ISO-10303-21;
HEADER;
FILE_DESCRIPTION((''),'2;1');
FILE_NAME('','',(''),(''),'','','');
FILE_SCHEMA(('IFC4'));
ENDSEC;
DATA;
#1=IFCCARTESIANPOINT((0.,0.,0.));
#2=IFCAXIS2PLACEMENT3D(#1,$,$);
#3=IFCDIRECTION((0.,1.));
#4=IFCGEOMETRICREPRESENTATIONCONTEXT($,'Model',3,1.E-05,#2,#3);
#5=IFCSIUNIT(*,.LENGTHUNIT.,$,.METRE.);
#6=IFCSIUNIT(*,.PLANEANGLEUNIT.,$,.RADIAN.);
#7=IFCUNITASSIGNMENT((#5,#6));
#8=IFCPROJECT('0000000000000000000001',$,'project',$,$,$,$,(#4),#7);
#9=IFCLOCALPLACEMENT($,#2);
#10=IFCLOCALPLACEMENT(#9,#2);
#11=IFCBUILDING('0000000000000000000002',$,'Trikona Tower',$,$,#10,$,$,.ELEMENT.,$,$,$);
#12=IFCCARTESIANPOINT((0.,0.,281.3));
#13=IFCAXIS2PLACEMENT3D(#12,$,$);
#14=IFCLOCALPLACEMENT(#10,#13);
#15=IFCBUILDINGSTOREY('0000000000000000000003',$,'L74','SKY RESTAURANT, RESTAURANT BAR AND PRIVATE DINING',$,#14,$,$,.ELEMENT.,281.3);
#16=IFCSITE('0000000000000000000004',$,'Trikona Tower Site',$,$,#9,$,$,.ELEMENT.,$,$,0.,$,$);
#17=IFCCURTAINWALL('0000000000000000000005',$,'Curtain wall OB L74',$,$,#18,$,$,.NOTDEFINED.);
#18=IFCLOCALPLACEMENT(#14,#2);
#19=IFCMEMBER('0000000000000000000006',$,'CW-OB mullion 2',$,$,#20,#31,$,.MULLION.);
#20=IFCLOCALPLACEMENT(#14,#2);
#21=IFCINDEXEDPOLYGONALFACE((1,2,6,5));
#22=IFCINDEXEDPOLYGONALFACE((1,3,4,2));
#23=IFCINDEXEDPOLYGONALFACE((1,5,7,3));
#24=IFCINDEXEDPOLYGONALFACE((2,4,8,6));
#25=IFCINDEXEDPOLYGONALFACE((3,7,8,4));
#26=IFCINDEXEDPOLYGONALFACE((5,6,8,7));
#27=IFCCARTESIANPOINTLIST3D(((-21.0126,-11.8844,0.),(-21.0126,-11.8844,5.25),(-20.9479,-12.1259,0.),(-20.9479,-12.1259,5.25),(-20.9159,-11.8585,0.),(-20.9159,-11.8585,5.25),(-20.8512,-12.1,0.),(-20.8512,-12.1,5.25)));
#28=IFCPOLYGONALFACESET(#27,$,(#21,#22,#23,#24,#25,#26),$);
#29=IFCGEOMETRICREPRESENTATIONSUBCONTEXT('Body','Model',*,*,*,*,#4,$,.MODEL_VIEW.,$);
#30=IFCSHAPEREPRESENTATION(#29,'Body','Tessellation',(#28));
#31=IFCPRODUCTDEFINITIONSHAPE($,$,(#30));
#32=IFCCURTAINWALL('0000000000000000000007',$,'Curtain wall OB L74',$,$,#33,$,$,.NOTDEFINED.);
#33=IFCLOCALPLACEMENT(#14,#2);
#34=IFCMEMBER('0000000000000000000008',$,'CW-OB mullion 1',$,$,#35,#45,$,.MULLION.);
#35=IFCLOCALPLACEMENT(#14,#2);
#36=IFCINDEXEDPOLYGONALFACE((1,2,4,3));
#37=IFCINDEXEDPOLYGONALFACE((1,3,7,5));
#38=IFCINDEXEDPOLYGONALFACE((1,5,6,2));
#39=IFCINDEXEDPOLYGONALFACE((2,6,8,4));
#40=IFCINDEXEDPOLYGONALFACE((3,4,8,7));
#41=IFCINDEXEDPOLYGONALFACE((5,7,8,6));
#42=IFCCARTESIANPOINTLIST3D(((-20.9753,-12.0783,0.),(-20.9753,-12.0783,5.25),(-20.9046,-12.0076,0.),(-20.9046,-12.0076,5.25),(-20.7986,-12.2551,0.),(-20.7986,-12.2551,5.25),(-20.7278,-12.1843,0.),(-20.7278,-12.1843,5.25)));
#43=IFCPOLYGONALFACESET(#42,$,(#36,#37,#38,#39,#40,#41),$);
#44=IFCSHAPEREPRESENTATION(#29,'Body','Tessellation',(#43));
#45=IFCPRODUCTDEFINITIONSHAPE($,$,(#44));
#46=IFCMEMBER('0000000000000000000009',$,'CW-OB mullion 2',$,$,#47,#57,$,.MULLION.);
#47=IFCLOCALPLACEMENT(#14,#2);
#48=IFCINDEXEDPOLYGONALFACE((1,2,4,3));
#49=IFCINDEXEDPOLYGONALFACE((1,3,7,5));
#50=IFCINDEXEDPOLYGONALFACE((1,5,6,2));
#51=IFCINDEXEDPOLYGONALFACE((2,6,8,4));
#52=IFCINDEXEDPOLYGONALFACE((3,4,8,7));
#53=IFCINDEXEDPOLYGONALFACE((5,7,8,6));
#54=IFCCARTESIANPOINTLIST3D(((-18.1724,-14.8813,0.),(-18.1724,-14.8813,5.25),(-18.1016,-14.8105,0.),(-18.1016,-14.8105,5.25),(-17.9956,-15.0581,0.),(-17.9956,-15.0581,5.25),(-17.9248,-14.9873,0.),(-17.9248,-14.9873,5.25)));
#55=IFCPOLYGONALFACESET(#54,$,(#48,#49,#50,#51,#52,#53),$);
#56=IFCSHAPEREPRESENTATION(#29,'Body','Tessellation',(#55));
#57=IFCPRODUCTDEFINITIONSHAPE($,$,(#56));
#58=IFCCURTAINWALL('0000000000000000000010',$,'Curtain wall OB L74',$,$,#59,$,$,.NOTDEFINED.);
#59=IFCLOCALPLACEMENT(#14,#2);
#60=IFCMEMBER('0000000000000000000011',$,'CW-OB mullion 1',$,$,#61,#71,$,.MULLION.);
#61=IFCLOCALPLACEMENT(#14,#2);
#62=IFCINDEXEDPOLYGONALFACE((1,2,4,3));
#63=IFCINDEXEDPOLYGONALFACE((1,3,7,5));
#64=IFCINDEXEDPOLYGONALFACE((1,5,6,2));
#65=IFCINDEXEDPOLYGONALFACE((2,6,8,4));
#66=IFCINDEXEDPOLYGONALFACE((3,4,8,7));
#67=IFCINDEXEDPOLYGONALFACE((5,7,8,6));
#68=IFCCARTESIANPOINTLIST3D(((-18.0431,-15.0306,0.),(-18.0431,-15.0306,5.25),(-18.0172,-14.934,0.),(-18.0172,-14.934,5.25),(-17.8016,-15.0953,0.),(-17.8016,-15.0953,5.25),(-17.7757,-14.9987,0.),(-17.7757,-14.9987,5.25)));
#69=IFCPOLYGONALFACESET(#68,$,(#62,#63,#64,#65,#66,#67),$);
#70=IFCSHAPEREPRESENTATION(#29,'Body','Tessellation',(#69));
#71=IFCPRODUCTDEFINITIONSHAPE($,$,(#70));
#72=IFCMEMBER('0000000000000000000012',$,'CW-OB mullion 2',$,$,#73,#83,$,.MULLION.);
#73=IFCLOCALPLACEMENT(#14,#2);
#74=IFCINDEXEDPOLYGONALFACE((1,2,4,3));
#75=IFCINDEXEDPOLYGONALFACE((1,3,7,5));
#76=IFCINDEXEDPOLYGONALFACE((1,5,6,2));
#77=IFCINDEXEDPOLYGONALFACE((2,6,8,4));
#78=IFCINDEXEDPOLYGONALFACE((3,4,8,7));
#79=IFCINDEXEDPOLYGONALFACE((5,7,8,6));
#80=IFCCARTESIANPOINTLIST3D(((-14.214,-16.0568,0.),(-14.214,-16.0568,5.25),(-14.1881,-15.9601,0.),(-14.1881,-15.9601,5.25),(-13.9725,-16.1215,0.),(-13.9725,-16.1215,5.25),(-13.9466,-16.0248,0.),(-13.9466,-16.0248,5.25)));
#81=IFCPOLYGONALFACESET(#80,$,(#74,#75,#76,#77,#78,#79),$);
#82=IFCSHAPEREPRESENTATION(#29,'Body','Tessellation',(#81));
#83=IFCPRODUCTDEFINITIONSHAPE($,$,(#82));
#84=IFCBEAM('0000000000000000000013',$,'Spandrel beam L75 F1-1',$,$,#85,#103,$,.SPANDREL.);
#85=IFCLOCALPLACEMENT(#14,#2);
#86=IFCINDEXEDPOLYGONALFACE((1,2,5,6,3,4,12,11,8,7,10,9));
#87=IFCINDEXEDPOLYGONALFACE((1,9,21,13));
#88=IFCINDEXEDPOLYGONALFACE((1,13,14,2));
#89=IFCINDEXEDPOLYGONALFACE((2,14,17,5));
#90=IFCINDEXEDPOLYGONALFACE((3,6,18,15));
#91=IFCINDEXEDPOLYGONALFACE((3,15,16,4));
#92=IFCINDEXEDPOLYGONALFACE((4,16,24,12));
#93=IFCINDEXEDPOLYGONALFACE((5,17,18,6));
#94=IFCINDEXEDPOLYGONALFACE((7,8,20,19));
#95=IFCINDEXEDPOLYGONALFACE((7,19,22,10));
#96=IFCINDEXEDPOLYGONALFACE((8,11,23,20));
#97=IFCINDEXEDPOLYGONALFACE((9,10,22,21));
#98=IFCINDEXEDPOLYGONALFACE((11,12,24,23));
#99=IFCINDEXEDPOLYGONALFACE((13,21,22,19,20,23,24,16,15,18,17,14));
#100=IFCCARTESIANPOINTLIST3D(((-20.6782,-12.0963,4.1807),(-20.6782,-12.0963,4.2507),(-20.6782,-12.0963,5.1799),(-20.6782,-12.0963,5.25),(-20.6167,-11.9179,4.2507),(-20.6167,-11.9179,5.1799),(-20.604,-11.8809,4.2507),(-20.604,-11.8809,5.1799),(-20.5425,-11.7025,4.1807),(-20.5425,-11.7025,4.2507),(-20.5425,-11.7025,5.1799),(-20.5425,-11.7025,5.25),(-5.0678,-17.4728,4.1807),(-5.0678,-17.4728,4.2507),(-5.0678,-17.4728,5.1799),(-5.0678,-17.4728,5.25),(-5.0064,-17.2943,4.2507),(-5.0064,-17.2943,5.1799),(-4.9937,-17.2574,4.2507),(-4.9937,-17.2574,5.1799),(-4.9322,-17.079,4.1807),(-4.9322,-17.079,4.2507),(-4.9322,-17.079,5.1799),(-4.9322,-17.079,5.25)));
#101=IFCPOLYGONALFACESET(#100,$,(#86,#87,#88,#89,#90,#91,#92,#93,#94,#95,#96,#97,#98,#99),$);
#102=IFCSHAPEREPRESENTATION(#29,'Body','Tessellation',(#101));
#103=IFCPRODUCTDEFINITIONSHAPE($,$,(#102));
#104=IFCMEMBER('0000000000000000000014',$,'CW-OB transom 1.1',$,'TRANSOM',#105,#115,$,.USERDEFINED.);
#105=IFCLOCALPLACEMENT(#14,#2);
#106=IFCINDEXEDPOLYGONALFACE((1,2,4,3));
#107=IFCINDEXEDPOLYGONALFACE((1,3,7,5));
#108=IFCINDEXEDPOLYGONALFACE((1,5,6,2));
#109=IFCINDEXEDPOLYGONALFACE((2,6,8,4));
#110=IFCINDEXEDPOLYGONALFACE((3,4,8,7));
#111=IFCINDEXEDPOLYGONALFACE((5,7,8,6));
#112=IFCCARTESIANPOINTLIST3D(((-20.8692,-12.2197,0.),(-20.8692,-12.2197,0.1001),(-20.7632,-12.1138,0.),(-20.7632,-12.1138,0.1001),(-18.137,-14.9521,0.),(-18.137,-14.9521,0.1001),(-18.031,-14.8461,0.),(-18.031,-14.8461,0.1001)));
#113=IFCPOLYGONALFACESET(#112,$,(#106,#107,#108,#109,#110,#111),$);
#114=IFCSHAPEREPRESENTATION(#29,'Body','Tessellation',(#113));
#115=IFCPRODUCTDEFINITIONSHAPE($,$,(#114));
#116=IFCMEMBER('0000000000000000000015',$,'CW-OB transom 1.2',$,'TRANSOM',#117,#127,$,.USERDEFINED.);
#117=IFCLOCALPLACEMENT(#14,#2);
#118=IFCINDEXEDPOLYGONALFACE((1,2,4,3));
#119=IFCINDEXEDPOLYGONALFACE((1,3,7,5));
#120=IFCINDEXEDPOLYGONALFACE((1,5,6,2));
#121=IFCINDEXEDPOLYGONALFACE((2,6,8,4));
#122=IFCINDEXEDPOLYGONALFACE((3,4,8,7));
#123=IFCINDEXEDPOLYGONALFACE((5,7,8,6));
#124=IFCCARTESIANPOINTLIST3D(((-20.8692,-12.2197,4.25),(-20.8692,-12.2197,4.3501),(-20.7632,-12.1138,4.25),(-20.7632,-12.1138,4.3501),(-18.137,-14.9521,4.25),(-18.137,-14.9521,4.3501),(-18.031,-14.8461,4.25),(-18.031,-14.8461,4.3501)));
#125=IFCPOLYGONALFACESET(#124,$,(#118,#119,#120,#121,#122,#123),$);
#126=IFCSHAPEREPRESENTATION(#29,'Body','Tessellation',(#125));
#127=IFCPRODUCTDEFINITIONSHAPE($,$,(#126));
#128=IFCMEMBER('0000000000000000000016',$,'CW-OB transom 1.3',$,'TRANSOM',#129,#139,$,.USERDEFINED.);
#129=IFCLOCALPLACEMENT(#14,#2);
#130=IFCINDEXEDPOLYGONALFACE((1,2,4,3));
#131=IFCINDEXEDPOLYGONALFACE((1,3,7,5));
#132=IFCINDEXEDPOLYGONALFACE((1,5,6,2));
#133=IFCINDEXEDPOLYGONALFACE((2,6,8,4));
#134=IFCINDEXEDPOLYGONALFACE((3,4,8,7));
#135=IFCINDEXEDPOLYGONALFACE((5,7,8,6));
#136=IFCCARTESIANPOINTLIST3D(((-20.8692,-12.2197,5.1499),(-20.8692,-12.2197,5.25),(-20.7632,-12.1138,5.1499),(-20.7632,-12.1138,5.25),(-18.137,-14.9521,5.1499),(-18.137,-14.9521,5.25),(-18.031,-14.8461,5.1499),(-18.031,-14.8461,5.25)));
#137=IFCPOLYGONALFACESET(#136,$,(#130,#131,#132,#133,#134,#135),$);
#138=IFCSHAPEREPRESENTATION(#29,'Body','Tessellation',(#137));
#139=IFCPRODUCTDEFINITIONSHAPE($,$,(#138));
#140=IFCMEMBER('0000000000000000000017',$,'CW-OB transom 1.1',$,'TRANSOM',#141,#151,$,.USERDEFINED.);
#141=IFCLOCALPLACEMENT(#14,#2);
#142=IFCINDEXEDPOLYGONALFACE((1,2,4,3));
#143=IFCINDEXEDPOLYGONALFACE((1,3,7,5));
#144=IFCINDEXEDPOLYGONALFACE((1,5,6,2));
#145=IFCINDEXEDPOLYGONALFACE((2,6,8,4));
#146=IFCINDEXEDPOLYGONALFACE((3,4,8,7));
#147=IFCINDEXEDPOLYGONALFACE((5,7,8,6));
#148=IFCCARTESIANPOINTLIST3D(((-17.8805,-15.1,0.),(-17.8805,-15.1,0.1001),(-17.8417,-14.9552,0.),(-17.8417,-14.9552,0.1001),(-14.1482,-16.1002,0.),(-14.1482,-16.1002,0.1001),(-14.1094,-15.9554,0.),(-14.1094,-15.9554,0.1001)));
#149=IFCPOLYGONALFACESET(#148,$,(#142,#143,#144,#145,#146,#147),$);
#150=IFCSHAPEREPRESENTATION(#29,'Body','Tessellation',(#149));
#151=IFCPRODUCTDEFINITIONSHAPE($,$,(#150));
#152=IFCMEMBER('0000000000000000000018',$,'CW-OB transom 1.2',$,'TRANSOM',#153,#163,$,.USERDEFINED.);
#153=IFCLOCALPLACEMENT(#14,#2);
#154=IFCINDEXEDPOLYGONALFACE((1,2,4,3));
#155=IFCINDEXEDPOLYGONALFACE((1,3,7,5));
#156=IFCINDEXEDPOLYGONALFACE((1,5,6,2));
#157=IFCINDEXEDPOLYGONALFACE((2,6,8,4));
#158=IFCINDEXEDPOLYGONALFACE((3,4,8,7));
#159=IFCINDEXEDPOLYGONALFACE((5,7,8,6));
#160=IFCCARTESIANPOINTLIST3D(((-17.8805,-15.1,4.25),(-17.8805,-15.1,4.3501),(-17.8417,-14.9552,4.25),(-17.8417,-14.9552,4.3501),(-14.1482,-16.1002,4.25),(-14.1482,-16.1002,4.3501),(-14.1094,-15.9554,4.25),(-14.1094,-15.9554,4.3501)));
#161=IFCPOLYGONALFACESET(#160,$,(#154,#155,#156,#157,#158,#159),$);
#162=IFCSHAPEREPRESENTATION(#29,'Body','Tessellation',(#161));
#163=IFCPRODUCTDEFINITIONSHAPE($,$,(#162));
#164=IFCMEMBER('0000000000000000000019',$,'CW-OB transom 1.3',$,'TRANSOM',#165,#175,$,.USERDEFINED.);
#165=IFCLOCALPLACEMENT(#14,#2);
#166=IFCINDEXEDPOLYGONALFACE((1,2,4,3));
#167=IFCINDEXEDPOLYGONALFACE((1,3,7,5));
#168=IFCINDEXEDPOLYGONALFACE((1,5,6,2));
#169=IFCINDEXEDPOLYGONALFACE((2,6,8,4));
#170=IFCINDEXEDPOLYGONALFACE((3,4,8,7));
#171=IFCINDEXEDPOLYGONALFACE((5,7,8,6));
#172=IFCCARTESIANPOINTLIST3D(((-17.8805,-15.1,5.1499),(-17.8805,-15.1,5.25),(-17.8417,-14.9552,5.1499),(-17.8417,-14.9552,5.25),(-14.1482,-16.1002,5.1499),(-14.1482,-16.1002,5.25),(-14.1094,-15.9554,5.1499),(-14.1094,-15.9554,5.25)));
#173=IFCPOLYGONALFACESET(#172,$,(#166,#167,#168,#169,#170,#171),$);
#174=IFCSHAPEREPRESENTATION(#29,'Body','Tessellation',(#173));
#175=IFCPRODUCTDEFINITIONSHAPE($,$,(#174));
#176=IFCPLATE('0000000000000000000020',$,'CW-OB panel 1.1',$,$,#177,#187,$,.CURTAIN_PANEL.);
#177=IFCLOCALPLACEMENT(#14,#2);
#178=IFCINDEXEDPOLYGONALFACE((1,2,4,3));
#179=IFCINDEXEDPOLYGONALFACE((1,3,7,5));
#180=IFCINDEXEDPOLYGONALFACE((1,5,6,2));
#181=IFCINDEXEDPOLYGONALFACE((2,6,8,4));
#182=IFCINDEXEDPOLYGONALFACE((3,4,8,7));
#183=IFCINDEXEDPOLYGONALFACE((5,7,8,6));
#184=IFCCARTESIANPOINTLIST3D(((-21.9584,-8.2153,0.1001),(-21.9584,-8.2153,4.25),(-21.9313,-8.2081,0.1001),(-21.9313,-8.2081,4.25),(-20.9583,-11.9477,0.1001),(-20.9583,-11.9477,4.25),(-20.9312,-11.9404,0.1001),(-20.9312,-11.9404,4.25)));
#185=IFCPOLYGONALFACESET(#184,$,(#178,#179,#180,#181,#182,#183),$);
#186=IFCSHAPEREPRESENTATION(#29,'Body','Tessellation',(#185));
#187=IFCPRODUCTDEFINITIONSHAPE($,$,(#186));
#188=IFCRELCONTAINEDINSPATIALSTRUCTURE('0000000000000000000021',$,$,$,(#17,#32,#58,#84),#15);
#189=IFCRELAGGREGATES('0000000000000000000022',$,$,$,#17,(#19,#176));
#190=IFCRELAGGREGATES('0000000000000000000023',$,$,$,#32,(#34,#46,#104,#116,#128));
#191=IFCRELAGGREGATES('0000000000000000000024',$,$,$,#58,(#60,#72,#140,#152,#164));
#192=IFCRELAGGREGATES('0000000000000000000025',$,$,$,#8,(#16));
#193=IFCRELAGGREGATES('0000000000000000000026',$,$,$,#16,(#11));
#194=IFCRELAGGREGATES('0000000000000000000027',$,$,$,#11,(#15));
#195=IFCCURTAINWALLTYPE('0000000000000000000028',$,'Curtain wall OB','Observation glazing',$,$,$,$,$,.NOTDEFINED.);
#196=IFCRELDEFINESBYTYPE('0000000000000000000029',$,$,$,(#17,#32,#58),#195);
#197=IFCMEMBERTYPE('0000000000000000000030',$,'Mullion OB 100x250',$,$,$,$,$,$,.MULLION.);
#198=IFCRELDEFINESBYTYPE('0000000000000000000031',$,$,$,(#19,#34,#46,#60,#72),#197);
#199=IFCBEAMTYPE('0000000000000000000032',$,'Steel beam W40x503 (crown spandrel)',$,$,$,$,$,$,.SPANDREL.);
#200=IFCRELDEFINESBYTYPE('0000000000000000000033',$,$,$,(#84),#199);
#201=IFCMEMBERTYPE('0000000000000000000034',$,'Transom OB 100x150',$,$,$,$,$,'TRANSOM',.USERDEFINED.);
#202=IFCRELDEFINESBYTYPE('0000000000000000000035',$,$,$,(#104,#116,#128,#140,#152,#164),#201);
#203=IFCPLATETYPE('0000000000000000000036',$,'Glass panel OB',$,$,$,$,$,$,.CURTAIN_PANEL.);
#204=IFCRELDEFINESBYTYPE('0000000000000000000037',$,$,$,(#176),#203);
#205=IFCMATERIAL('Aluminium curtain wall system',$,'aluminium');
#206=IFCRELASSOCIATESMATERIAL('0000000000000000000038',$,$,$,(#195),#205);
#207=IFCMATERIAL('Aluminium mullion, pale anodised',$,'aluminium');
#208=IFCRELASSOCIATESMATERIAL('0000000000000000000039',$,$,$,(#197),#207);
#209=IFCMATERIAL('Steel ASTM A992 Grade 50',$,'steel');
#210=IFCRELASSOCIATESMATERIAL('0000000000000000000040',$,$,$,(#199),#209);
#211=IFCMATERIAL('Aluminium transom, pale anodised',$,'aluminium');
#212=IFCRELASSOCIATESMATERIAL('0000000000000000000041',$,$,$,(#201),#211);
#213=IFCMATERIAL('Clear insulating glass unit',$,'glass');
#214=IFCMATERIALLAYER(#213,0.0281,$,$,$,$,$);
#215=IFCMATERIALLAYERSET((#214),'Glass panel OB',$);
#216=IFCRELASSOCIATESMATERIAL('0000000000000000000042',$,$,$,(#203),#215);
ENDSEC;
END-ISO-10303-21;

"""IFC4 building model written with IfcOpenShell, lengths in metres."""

from ifc_helpers import new_model, si_unit, direction, frame, origin, origin_2d, place, context, subcontext, project, spatial, rectangle, i_section, extrude, material, layer, layer_set, material_profile, profile_set, type_object, element, aggregate, save


model = new_model("IFC4")

# Units and contexts
model_context = context("Model", 3, precision=1e-05, world=origin(), true_north=direction((0.0, 1.0)))
body_context = subcontext(model_context, "Body", "Model", "MODEL_VIEW")
ifc_project = project(units=[si_unit("LENGTHUNIT", "METRE"), si_unit("PLANEANGLEUNIT", "RADIAN")], contexts=[model_context])

# Site, building, storey
site_placement = place(None, origin())
site = spatial("IfcSite", under=ifc_project, at=site_placement, Name="Trikona Tower Site", CompositionType="ELEMENT", RefElevation=0.0)
building_placement = place(site_placement, origin())
building = spatial("IfcBuilding", under=site, at=building_placement, Name="Trikona Tower", CompositionType="ELEMENT")
storey_placement = place(building_placement, frame((0.0, 0.0, 281.3)))
storey = spatial("IfcBuildingStorey", under=building, at=storey_placement, Name="L74", Description="SKY RESTAURANT, RESTAURANT BAR AND PRIVATE DINING", CompositionType="ELEMENT", Elevation=281.3)

# Curtain wall, member
ifc_material_1 = material(Name="Aluminium curtain wall system", Category="aluminium")
curtain_wall_type = type_object("IfcCurtainWallType", Name="Curtain wall OB", Description="Observation glazing", PredefinedType="NOTDEFINED", material=ifc_material_1)
curtain_wall_1_placement = place(storey_placement, origin())
curtain_wall_1 = element("IfcCurtainWall", 1, at=curtain_wall_1_placement, inside=storey, type_object=curtain_wall_type, Name="Curtain wall OB L74", PredefinedType="NOTDEFINED")
ifc_material_2 = material(Name="Aluminium mullion, pale anodised", Category="aluminium")
ifc_material_profile_1 = material_profile(ifc_material_2, rectangle(XDim=0.1001, YDim=0.25, at=origin_2d()), Name="MUL-OB")
ifc_profile_set_1 = profile_set([ifc_material_profile_1], Name="Aluminium mullion, pale anodised")
member_type_1 = type_object("IfcMemberType", Name="Mullion OB 100x250", PredefinedType="MULLION", material=ifc_profile_set_1)
member_1_placement = place(storey_placement, frame((-20.9319, -11.9922, 0.0), z_axis=(0.0, 0.0, 1.0), x_axis=(0.965923, 0.258828, 0.0)))
member_1 = element("IfcMember", 2, at=member_1_placement, type_object=member_type_1, Name="CW-OB mullion 2", PredefinedType="MULLION", context=body_context, shape_type="SweptSolid", body=[
    extrude(rectangle(XDim=0.1001, YDim=0.25, at=origin_2d()), origin(), (0.0, 0.0, 1.0), 5.25),
])

# Curtain walls, members
curtain_wall_2_placement = place(storey_placement, origin())
curtain_wall_2 = element("IfcCurtainWall", 3, at=curtain_wall_2_placement, inside=storey, type_object=curtain_wall_type, Name="Curtain wall OB L74", PredefinedType="NOTDEFINED")
member_2_placement = place(storey_placement, frame((-20.8516, -12.1313, 0.0), z_axis=(0.0, 0.0, 1.0), x_axis=(0.707107, 0.707107, 0.0)))
member_2 = element("IfcMember", 4, at=member_2_placement, type_object=member_type_1, Name="CW-OB mullion 1", PredefinedType="MULLION", context=body_context, shape_type="SweptSolid", body=[
    extrude(rectangle(XDim=0.1001, YDim=0.25, at=origin_2d()), origin(), (0.0, 0.0, 1.0), 5.25),
])
member_3_placement = place(storey_placement, frame((-18.0486, -14.9343, 0.0), z_axis=(0.0, 0.0, 1.0), x_axis=(0.707107, 0.707107, 0.0)))
member_3 = element("IfcMember", 5, at=member_3_placement, type_object=member_type_1, Name="CW-OB mullion 2", PredefinedType="MULLION", context=body_context, shape_type="SweptSolid", body=[
    extrude(rectangle(XDim=0.1001, YDim=0.25, at=origin_2d()), origin(), (0.0, 0.0, 1.0), 5.25),
])
curtain_wall_3_placement = place(storey_placement, origin())
curtain_wall_3 = element("IfcCurtainWall", 6, at=curtain_wall_3_placement, inside=storey, type_object=curtain_wall_type, Name="Curtain wall OB L74", PredefinedType="NOTDEFINED")
member_4_placement = place(storey_placement, frame((-17.9094, -15.0146, 0.0), z_axis=(0.0, 0.0, 1.0), x_axis=(0.258828, 0.965923, 0.0)))
member_4 = element("IfcMember", 7, at=member_4_placement, type_object=member_type_1, Name="CW-OB mullion 1", PredefinedType="MULLION", context=body_context, shape_type="SweptSolid", body=[
    extrude(rectangle(XDim=0.1001, YDim=0.25, at=origin_2d()), origin(), (0.0, 0.0, 1.0), 5.25),
])
member_5_placement = place(storey_placement, frame((-14.0803, -16.0408, 0.0), z_axis=(0.0, 0.0, 1.0), x_axis=(0.258828, 0.965923, 0.0)))
member_5 = element("IfcMember", 8, at=member_5_placement, type_object=member_type_1, Name="CW-OB mullion 2", PredefinedType="MULLION", context=body_context, shape_type="SweptSolid", body=[
    extrude(rectangle(XDim=0.1001, YDim=0.25, at=origin_2d()), origin(), (0.0, 0.0, 1.0), 5.25),
])

# Beam
ifc_material_3 = material(Name="Steel ASTM A992 Grade 50", Category="steel")
ifc_material_profile_2 = material_profile(ifc_material_3, i_section(OverallWidth=0.4165, OverallDepth=1.0693, WebThickness=0.0391, FlangeThickness=0.0701, at=origin_2d()), Name="W40X503")
ifc_profile_set_2 = profile_set([ifc_material_profile_2], Name="Steel ASTM A992 Grade 50")
beam_type = type_object("IfcBeamType", Name="Steel beam W40x503 (crown spandrel)", PredefinedType="SPANDREL", material=ifc_profile_set_2)
beam_placement = place(storey_placement, frame((-20.6104, -11.8994, 4.7153), z_axis=(0.945493, -0.325643, 0.0), x_axis=(0.325643, 0.945493, 0.0)))
element("IfcBeam", 9, at=beam_placement, inside=storey, type_object=beam_type, Name="Spandrel beam L75 F1-1", PredefinedType="SPANDREL", context=body_context, shape_type="SweptSolid", body=[
    extrude(i_section(OverallWidth=0.4165, OverallDepth=1.0693, WebThickness=0.0391, FlangeThickness=0.0701, at=origin_2d()), origin(), (0.0, 0.0, 1.0), 16.5103),
])

# Members
ifc_material_4 = material(Name="Aluminium transom, pale anodised", Category="aluminium")
ifc_material_profile_3 = material_profile(ifc_material_4, rectangle(XDim=0.1499, YDim=0.1001, at=origin_2d()), Name="TRN-OB")
ifc_profile_set_3 = profile_set([ifc_material_profile_3], Name="Aluminium transom, pale anodised")
member_type_2 = type_object("IfcMemberType", Name="Transom OB 100x150", ElementType="TRANSOM", PredefinedType="USERDEFINED", material=ifc_profile_set_3)
member_6_placement = place(storey_placement, frame((-20.8162, -12.1667, 0.05), z_axis=(0.707075, -0.707138, 0.0), x_axis=(0.707138, 0.707075, 0.0)))
member_6 = element("IfcMember", 10, at=member_6_placement, type_object=member_type_2, Name="CW-OB transom 1.1", ObjectType="TRANSOM", PredefinedType="USERDEFINED", context=body_context, shape_type="SweptSolid", body=[
    extrude(rectangle(XDim=0.1499, YDim=0.1001, at=origin_2d()), origin(), (0.0, 0.0, 1.0), 3.864),
])
member_7_placement = place(storey_placement, frame((-20.8162, -12.1667, 4.3), z_axis=(0.707075, -0.707138, 0.0), x_axis=(0.707138, 0.707075, 0.0)))
member_7 = element("IfcMember", 11, at=member_7_placement, type_object=member_type_2, Name="CW-OB transom 1.2", ObjectType="TRANSOM", PredefinedType="USERDEFINED", context=body_context, shape_type="SweptSolid", body=[
    extrude(rectangle(XDim=0.1499, YDim=0.1001, at=origin_2d()), origin(), (0.0, 0.0, 1.0), 3.864),
])
member_8_placement = place(storey_placement, frame((-20.8162, -12.1667, 5.2), z_axis=(0.707075, -0.707138, 0.0), x_axis=(0.707138, 0.707075, 0.0)))
member_8 = element("IfcMember", 12, at=member_8_placement, type_object=member_type_2, Name="CW-OB transom 1.3", ObjectType="TRANSOM", PredefinedType="USERDEFINED", context=body_context, shape_type="SweptSolid", body=[
    extrude(rectangle(XDim=0.1499, YDim=0.1001, at=origin_2d()), origin(), (0.0, 0.0, 1.0), 3.864),
])
member_9_placement = place(storey_placement, frame((-17.8611, -15.0276, 0.05), z_axis=(0.965916, -0.258854, 0.0), x_axis=(0.258854, 0.965916, 0.0)))
member_9 = element("IfcMember", 13, at=member_9_placement, type_object=member_type_2, Name="CW-OB transom 1.1", ObjectType="TRANSOM", PredefinedType="USERDEFINED", context=body_context, shape_type="SweptSolid", body=[
    extrude(rectangle(XDim=0.1499, YDim=0.1001, at=origin_2d()), origin(), (0.0, 0.0, 1.0), 3.864),
])
member_10_placement = place(storey_placement, frame((-17.8611, -15.0276, 4.3), z_axis=(0.965916, -0.258854, 0.0), x_axis=(0.258854, 0.965916, 0.0)))
member_10 = element("IfcMember", 14, at=member_10_placement, type_object=member_type_2, Name="CW-OB transom 1.2", ObjectType="TRANSOM", PredefinedType="USERDEFINED", context=body_context, shape_type="SweptSolid", body=[
    extrude(rectangle(XDim=0.1499, YDim=0.1001, at=origin_2d()), origin(), (0.0, 0.0, 1.0), 3.864),
])
member_11_placement = place(storey_placement, frame((-17.8611, -15.0276, 5.2), z_axis=(0.965916, -0.258854, 0.0), x_axis=(0.258854, 0.965916, 0.0)))
member_11 = element("IfcMember", 15, at=member_11_placement, type_object=member_type_2, Name="CW-OB transom 1.3", ObjectType="TRANSOM", PredefinedType="USERDEFINED", context=body_context, shape_type="SweptSolid", body=[
    extrude(rectangle(XDim=0.1499, YDim=0.1001, at=origin_2d()), origin(), (0.0, 0.0, 1.0), 3.864),
])

# Plate
ifc_material_5 = material(Name="Clear insulating glass unit", Category="glass")
ifc_layer_1 = layer(ifc_material_5, 0.0281)
ifc_layer_set_1 = layer_set([ifc_layer_1], Name="Glass panel OB")
plate_type = type_object("IfcPlateType", Name="Glass panel OB", PredefinedType="CURTAIN_PANEL", material=ifc_layer_set_1)
plate_1_placement = place(storey_placement, frame((-21.4448, -10.0779, 0.1001), z_axis=(0.0, 0.0, 1.0), x_axis=(0.258828, -0.965923, 0.0)))
plate_1 = element("IfcPlate", 16, at=plate_1_placement, type_object=plate_type, Name="CW-OB panel 1.1", PredefinedType="CURTAIN_PANEL", context=body_context, shape_type="SweptSolid", body=[
    extrude(rectangle(XDim=3.864, YDim=0.0281, at=origin_2d()), origin(), (0.0, 0.0, 1.0), 4.1499),
])
aggregate(curtain_wall_1, [member_1, plate_1])
aggregate(curtain_wall_2, [member_2, member_3, member_6, member_7, member_8])
aggregate(curtain_wall_3, [member_4, member_5, member_9, member_10, member_11])

save(model, "model.ifc")
